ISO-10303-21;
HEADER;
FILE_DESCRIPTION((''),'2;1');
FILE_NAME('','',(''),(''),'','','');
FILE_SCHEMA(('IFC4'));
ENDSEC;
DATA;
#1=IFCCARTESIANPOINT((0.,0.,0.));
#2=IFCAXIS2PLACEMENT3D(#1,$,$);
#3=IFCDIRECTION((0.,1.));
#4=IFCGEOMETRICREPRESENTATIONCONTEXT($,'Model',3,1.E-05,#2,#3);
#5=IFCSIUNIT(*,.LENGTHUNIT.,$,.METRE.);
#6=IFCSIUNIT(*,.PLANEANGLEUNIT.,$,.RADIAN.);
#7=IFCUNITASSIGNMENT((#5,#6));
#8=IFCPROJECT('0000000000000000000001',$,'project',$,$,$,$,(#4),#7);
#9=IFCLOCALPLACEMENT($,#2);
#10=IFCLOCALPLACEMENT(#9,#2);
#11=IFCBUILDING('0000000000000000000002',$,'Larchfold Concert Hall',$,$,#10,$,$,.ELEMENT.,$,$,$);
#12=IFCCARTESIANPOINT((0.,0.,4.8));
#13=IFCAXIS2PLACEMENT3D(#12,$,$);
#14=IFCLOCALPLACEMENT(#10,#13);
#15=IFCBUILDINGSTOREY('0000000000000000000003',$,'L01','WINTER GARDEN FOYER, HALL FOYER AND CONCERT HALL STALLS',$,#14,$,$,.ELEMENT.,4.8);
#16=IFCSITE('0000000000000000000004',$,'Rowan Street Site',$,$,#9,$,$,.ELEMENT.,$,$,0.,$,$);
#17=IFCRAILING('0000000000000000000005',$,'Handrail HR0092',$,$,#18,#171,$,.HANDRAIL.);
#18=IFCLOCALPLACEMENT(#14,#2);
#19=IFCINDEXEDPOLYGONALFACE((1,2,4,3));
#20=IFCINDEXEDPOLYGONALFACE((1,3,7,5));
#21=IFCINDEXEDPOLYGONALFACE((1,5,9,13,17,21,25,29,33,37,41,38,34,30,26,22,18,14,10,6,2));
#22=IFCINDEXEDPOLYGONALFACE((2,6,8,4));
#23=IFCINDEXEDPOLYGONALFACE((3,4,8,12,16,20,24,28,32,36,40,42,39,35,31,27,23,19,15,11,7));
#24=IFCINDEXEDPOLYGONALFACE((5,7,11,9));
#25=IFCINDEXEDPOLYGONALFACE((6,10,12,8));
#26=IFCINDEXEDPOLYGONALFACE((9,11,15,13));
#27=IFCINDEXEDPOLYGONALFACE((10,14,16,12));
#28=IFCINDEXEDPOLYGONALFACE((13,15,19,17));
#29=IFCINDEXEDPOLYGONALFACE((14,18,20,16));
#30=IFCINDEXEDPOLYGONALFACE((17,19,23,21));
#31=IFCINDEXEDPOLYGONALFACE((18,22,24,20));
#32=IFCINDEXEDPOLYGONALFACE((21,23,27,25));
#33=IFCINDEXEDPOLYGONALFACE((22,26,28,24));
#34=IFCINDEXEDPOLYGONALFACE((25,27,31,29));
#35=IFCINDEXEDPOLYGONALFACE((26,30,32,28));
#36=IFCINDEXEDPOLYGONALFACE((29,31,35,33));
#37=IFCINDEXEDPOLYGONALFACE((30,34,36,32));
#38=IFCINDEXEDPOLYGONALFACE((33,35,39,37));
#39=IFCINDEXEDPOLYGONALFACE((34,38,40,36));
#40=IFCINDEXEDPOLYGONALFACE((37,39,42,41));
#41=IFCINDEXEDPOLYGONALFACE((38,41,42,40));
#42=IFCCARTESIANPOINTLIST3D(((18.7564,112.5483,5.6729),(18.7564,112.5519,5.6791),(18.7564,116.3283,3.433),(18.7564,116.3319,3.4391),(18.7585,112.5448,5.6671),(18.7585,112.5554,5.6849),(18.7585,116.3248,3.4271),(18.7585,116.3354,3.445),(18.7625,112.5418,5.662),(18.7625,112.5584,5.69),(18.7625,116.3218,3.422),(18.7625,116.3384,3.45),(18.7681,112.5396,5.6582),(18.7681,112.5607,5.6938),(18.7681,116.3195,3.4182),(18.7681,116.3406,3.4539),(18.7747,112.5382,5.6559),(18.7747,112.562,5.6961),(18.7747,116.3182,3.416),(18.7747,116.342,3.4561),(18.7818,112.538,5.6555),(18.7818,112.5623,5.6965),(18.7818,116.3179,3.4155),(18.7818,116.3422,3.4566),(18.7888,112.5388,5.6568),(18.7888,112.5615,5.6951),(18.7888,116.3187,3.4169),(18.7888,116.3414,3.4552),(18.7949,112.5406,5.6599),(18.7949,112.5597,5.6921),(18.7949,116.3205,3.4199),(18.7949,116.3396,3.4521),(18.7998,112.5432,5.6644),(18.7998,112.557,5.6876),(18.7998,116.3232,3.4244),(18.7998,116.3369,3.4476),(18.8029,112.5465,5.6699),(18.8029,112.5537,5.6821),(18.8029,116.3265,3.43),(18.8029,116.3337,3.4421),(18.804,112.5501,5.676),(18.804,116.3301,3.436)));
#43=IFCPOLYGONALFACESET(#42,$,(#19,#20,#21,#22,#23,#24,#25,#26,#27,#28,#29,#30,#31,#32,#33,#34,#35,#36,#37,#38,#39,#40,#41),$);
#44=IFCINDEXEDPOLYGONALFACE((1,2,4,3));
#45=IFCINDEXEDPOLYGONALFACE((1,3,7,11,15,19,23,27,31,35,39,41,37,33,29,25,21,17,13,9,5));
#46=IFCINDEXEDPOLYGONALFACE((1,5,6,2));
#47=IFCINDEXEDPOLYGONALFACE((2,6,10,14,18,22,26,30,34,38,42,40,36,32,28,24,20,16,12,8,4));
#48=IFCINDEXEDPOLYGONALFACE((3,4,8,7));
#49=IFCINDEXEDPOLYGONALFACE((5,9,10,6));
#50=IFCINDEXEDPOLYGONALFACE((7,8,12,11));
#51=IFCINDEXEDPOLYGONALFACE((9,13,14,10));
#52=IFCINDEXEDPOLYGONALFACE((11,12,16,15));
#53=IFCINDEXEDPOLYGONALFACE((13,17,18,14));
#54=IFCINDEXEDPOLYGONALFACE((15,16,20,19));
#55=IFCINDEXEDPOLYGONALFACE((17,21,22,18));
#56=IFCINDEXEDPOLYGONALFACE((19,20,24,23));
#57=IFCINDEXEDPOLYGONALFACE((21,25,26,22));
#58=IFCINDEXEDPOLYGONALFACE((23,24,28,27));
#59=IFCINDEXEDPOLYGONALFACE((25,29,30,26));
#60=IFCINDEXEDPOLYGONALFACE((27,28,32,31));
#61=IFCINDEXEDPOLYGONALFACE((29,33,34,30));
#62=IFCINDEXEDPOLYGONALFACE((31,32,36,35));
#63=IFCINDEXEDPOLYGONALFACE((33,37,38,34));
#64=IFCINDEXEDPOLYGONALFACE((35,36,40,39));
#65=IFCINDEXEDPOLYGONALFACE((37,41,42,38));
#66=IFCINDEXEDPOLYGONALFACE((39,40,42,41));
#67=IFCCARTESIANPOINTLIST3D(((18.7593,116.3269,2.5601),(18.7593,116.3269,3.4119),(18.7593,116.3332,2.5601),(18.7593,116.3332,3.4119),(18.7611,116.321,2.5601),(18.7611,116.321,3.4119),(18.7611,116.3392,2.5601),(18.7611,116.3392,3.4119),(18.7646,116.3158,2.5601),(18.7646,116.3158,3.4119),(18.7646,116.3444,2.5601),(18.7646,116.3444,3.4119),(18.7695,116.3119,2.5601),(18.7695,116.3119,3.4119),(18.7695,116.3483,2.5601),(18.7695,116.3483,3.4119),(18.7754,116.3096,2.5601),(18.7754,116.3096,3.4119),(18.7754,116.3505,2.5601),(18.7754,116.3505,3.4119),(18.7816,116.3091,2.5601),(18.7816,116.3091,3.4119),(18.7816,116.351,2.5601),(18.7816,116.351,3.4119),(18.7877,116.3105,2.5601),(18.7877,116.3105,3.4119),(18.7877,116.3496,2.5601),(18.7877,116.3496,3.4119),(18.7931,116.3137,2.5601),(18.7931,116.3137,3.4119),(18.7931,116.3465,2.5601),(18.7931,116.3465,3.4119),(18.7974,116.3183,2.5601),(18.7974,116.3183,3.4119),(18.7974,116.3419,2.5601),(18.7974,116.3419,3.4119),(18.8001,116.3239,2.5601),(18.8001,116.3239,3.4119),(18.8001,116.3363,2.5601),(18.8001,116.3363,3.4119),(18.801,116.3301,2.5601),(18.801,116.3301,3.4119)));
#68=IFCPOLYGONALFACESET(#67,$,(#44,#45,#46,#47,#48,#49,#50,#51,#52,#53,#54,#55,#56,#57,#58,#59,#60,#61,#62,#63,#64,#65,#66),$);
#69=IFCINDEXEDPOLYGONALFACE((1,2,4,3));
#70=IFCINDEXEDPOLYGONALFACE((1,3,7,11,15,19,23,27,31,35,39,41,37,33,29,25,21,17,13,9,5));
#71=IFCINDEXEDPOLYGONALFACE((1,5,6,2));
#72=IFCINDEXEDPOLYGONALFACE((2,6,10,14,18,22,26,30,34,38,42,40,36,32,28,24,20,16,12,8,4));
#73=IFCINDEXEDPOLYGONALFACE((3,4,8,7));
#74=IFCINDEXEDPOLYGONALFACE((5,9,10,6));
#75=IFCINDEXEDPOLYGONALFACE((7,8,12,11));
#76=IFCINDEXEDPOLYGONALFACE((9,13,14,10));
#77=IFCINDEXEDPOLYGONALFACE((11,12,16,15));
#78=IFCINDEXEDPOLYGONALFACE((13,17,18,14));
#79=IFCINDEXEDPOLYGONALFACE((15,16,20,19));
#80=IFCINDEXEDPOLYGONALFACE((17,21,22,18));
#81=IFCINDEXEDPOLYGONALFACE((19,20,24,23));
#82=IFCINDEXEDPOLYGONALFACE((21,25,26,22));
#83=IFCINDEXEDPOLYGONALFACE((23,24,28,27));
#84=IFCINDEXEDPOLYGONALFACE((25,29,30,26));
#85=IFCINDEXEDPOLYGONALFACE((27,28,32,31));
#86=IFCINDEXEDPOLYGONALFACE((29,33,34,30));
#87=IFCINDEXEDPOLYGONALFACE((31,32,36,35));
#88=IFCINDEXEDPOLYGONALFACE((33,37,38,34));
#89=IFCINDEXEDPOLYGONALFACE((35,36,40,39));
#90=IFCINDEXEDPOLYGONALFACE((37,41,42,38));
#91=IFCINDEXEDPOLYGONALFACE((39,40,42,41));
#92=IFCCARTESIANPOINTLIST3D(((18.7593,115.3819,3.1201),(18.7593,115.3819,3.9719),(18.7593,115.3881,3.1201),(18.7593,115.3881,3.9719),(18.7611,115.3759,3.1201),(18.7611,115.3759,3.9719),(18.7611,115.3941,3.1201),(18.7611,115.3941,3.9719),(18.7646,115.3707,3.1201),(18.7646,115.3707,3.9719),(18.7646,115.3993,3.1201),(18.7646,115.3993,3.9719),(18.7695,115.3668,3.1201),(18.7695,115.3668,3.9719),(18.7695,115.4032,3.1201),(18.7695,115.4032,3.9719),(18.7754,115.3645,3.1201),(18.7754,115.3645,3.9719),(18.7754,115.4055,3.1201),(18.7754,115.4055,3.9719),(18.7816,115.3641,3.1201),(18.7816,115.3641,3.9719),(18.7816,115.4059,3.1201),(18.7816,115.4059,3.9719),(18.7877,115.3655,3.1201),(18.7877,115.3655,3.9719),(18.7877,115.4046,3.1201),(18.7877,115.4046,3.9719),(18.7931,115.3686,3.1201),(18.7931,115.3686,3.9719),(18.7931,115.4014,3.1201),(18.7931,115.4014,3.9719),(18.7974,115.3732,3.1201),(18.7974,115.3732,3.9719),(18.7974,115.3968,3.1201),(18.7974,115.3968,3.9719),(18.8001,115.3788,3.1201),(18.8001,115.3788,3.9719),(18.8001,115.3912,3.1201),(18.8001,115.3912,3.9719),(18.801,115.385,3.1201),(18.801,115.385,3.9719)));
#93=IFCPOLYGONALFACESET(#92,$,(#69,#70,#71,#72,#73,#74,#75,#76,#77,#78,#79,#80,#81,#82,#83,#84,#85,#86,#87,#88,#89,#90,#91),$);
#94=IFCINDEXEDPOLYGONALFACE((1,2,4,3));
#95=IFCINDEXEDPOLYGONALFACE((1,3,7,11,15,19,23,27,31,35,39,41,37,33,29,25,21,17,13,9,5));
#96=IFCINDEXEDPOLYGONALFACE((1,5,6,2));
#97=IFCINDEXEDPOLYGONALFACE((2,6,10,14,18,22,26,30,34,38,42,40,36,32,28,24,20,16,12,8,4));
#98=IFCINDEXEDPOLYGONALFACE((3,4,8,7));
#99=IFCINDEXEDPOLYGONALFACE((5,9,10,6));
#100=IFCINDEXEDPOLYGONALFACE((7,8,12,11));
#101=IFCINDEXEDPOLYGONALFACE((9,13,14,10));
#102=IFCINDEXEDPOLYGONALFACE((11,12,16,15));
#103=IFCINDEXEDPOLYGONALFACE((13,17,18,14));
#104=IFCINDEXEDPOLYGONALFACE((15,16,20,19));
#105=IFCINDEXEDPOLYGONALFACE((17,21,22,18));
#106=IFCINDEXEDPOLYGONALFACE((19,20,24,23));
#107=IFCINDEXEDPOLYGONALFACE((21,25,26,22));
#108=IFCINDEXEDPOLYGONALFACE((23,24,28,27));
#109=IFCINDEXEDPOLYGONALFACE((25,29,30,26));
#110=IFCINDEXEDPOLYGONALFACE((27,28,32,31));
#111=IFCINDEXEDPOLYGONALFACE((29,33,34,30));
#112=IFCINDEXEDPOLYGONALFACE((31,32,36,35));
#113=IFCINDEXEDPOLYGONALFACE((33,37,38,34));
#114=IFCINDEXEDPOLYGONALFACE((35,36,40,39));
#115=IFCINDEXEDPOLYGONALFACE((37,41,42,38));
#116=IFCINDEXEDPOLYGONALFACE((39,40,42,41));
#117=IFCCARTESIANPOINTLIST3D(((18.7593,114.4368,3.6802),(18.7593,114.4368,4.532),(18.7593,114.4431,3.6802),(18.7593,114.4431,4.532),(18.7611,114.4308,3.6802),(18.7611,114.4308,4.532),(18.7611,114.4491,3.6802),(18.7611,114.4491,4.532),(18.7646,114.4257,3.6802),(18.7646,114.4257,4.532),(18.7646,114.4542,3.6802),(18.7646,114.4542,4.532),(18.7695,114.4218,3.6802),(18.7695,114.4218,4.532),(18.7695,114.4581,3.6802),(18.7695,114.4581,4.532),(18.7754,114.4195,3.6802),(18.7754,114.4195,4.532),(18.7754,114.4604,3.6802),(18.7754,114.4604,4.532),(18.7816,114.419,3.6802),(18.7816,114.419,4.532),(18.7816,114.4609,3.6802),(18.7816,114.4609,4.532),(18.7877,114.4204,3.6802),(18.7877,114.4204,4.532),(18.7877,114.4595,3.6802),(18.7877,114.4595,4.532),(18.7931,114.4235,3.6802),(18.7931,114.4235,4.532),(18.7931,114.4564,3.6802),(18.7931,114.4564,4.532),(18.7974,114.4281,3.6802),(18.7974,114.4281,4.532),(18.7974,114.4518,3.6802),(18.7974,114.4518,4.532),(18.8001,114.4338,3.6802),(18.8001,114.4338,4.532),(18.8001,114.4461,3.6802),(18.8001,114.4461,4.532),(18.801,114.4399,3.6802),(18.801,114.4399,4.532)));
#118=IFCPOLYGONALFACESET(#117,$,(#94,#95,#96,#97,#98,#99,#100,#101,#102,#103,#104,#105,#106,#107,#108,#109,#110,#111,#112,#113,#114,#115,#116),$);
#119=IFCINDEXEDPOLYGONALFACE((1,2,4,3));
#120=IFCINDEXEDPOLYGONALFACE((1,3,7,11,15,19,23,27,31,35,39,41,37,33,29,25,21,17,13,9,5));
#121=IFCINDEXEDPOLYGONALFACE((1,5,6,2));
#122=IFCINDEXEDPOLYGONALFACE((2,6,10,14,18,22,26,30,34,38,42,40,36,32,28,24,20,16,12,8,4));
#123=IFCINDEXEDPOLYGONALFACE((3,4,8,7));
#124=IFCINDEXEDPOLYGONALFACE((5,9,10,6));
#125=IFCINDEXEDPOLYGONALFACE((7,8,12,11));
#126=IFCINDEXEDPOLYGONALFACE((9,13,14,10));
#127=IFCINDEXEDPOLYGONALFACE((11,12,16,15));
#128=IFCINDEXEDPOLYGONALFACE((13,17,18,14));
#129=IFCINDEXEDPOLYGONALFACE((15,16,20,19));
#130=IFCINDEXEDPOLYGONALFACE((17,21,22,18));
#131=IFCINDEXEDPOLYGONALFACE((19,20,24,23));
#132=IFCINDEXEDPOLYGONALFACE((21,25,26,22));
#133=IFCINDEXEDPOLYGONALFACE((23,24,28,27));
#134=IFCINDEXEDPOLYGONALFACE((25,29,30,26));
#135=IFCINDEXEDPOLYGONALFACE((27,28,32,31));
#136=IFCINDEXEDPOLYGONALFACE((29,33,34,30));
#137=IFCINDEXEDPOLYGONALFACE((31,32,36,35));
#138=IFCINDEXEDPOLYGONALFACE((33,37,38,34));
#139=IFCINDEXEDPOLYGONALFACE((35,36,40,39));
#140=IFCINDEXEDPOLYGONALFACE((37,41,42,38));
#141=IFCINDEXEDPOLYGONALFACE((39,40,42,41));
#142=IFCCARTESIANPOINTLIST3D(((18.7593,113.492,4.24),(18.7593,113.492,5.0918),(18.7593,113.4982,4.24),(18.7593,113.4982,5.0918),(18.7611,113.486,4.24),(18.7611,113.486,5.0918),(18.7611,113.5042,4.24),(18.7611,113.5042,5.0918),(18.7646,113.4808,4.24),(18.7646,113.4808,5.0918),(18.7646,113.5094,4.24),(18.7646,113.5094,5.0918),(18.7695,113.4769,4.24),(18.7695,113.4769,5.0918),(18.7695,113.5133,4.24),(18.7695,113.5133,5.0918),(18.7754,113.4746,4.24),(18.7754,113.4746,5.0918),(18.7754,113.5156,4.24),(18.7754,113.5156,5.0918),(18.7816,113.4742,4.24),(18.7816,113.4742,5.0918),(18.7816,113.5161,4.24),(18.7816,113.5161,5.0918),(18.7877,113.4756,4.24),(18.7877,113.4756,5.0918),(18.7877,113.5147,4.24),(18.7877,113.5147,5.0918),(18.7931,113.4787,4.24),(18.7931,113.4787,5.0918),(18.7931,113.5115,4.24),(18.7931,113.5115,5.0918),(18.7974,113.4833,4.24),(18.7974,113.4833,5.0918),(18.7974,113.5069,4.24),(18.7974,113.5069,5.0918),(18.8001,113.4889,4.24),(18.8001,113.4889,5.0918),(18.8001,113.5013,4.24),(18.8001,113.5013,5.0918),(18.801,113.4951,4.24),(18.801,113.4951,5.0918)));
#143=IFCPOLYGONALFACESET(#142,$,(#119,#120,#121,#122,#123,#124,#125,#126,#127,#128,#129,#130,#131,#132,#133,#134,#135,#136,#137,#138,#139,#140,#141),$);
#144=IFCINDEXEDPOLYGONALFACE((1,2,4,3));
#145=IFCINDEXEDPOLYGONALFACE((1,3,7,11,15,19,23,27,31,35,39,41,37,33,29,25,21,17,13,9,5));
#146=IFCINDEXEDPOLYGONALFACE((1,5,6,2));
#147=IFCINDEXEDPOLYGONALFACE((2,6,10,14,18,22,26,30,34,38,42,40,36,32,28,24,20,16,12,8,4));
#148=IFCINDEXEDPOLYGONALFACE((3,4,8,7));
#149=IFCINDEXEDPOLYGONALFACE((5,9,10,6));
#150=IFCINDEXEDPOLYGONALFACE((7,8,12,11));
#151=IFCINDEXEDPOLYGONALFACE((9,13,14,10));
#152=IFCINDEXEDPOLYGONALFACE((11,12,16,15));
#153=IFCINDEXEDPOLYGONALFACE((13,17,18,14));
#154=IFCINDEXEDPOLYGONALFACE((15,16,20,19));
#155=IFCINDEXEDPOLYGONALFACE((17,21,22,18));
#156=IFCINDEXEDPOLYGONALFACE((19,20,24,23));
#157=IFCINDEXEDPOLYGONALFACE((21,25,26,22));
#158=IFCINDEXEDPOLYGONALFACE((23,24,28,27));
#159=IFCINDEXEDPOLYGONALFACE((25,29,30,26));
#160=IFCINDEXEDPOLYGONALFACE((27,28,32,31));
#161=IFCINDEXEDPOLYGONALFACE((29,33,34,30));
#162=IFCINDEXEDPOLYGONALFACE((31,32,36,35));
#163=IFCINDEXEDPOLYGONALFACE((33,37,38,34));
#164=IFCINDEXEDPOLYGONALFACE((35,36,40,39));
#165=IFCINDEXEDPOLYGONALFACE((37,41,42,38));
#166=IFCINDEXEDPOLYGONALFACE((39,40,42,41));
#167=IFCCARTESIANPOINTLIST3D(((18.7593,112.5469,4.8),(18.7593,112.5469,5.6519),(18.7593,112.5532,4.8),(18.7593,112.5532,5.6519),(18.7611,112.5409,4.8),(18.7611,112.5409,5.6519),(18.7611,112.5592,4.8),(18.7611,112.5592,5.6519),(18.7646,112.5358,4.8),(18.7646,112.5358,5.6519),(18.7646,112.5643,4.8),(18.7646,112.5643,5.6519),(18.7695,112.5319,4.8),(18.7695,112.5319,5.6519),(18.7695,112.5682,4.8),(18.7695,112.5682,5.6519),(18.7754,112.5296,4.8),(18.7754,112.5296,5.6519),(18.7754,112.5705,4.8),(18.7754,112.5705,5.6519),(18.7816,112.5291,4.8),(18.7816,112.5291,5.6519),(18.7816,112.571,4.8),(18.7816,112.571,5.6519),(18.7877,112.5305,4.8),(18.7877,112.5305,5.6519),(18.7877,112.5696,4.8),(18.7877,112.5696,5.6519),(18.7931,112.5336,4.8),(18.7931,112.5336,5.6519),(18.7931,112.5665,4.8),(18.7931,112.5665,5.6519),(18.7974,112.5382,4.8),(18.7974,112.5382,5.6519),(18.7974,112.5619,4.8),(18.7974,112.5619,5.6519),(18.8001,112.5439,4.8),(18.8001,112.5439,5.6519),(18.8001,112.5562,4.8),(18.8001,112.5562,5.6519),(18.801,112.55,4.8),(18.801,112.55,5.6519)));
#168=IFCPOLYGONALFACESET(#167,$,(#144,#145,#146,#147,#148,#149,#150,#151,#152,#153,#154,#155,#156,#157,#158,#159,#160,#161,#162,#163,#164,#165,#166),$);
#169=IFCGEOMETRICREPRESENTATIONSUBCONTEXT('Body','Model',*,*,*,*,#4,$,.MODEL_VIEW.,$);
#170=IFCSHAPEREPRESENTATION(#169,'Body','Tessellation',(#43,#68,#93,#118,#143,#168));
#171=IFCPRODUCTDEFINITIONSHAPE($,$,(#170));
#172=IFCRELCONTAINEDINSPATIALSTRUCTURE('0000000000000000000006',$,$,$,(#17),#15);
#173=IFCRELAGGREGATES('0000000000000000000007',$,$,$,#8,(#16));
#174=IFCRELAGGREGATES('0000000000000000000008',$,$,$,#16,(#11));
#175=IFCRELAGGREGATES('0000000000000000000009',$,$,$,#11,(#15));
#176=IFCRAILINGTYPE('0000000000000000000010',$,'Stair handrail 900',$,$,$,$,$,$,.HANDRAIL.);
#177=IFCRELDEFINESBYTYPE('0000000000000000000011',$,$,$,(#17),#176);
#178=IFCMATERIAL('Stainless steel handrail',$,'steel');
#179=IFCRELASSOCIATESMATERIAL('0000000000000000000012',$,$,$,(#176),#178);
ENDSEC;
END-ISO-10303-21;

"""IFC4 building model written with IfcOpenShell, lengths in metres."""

from ifc_helpers import new_model, si_unit, direction, frame, origin, origin_2d, place, context, subcontext, project, spatial, circle, extrude, material, type_object, element, save


model = new_model("IFC4")

# Units and contexts
model_context = context("Model", 3, precision=1e-05, world=origin(), true_north=direction((0.0, 1.0)))
body_context = subcontext(model_context, "Body", "Model", "MODEL_VIEW")
ifc_project = project(units=[si_unit("LENGTHUNIT", "METRE"), si_unit("PLANEANGLEUNIT", "RADIAN")], contexts=[model_context])

# Site, building, storey
site_placement = place(None, origin())
site = spatial("IfcSite", under=ifc_project, at=site_placement, Name="Rowan Street Site", CompositionType="ELEMENT", RefElevation=0.0)
building_placement = place(site_placement, origin())
building = spatial("IfcBuilding", under=site, at=building_placement, Name="Larchfold Concert Hall", CompositionType="ELEMENT")
storey_placement = place(building_placement, frame((0.0, 0.0, 4.8)))
storey = spatial("IfcBuildingStorey", under=building, at=storey_placement, Name="L01", Description="WINTER GARDEN FOYER, HALL FOYER AND CONCERT HALL STALLS", CompositionType="ELEMENT", Elevation=4.8)

# Railing
ifc_material_1 = material(Name="Stainless steel handrail", Category="steel")
railing_type_1 = type_object("IfcRailingType", Name="Stair handrail 900", PredefinedType="HANDRAIL", material=ifc_material_1)
for number, where, name in (
    (1, (18.78, 116.3301, 2.5601), "Handrail HR0092"),
):
    element("IfcRailing", number, at=place(storey_placement, frame(where)), inside=storey, type_object=railing_type_1, Name=name, PredefinedType="HANDRAIL", context=body_context, shape_type="SweptSolid", body=[
        extrude(circle(Radius=0.0239, at=origin_2d()), frame((0.0, 0.0, 0.876), z_axis=(0.0, -0.860294, 0.509798), x_axis=(1.0, 0.0, 0.0)), (0.0, 0.0, 1.0), 4.3938),
        extrude(circle(Radius=0.021, at=origin_2d()), origin(), (0.0, 0.0, 1.0), 0.8518),
        extrude(circle(Radius=0.021, at=origin_2d()), frame((0.0, -0.9451, 0.5601)), (0.0, 0.0, 1.0), 0.8518),
        extrude(circle(Radius=0.021, at=origin_2d()), frame((0.0, -1.8901, 1.1201)), (0.0, 0.0, 1.0), 0.8518),
        extrude(circle(Radius=0.021, at=origin_2d()), frame((0.0, -2.835, 1.6799)), (0.0, 0.0, 1.0), 0.8518),
        extrude(circle(Radius=0.021, at=origin_2d()), frame((0.0, -3.78, 2.24)), (0.0, 0.0, 1.0), 0.8518),
    ])

save(model, "model.ifc")
